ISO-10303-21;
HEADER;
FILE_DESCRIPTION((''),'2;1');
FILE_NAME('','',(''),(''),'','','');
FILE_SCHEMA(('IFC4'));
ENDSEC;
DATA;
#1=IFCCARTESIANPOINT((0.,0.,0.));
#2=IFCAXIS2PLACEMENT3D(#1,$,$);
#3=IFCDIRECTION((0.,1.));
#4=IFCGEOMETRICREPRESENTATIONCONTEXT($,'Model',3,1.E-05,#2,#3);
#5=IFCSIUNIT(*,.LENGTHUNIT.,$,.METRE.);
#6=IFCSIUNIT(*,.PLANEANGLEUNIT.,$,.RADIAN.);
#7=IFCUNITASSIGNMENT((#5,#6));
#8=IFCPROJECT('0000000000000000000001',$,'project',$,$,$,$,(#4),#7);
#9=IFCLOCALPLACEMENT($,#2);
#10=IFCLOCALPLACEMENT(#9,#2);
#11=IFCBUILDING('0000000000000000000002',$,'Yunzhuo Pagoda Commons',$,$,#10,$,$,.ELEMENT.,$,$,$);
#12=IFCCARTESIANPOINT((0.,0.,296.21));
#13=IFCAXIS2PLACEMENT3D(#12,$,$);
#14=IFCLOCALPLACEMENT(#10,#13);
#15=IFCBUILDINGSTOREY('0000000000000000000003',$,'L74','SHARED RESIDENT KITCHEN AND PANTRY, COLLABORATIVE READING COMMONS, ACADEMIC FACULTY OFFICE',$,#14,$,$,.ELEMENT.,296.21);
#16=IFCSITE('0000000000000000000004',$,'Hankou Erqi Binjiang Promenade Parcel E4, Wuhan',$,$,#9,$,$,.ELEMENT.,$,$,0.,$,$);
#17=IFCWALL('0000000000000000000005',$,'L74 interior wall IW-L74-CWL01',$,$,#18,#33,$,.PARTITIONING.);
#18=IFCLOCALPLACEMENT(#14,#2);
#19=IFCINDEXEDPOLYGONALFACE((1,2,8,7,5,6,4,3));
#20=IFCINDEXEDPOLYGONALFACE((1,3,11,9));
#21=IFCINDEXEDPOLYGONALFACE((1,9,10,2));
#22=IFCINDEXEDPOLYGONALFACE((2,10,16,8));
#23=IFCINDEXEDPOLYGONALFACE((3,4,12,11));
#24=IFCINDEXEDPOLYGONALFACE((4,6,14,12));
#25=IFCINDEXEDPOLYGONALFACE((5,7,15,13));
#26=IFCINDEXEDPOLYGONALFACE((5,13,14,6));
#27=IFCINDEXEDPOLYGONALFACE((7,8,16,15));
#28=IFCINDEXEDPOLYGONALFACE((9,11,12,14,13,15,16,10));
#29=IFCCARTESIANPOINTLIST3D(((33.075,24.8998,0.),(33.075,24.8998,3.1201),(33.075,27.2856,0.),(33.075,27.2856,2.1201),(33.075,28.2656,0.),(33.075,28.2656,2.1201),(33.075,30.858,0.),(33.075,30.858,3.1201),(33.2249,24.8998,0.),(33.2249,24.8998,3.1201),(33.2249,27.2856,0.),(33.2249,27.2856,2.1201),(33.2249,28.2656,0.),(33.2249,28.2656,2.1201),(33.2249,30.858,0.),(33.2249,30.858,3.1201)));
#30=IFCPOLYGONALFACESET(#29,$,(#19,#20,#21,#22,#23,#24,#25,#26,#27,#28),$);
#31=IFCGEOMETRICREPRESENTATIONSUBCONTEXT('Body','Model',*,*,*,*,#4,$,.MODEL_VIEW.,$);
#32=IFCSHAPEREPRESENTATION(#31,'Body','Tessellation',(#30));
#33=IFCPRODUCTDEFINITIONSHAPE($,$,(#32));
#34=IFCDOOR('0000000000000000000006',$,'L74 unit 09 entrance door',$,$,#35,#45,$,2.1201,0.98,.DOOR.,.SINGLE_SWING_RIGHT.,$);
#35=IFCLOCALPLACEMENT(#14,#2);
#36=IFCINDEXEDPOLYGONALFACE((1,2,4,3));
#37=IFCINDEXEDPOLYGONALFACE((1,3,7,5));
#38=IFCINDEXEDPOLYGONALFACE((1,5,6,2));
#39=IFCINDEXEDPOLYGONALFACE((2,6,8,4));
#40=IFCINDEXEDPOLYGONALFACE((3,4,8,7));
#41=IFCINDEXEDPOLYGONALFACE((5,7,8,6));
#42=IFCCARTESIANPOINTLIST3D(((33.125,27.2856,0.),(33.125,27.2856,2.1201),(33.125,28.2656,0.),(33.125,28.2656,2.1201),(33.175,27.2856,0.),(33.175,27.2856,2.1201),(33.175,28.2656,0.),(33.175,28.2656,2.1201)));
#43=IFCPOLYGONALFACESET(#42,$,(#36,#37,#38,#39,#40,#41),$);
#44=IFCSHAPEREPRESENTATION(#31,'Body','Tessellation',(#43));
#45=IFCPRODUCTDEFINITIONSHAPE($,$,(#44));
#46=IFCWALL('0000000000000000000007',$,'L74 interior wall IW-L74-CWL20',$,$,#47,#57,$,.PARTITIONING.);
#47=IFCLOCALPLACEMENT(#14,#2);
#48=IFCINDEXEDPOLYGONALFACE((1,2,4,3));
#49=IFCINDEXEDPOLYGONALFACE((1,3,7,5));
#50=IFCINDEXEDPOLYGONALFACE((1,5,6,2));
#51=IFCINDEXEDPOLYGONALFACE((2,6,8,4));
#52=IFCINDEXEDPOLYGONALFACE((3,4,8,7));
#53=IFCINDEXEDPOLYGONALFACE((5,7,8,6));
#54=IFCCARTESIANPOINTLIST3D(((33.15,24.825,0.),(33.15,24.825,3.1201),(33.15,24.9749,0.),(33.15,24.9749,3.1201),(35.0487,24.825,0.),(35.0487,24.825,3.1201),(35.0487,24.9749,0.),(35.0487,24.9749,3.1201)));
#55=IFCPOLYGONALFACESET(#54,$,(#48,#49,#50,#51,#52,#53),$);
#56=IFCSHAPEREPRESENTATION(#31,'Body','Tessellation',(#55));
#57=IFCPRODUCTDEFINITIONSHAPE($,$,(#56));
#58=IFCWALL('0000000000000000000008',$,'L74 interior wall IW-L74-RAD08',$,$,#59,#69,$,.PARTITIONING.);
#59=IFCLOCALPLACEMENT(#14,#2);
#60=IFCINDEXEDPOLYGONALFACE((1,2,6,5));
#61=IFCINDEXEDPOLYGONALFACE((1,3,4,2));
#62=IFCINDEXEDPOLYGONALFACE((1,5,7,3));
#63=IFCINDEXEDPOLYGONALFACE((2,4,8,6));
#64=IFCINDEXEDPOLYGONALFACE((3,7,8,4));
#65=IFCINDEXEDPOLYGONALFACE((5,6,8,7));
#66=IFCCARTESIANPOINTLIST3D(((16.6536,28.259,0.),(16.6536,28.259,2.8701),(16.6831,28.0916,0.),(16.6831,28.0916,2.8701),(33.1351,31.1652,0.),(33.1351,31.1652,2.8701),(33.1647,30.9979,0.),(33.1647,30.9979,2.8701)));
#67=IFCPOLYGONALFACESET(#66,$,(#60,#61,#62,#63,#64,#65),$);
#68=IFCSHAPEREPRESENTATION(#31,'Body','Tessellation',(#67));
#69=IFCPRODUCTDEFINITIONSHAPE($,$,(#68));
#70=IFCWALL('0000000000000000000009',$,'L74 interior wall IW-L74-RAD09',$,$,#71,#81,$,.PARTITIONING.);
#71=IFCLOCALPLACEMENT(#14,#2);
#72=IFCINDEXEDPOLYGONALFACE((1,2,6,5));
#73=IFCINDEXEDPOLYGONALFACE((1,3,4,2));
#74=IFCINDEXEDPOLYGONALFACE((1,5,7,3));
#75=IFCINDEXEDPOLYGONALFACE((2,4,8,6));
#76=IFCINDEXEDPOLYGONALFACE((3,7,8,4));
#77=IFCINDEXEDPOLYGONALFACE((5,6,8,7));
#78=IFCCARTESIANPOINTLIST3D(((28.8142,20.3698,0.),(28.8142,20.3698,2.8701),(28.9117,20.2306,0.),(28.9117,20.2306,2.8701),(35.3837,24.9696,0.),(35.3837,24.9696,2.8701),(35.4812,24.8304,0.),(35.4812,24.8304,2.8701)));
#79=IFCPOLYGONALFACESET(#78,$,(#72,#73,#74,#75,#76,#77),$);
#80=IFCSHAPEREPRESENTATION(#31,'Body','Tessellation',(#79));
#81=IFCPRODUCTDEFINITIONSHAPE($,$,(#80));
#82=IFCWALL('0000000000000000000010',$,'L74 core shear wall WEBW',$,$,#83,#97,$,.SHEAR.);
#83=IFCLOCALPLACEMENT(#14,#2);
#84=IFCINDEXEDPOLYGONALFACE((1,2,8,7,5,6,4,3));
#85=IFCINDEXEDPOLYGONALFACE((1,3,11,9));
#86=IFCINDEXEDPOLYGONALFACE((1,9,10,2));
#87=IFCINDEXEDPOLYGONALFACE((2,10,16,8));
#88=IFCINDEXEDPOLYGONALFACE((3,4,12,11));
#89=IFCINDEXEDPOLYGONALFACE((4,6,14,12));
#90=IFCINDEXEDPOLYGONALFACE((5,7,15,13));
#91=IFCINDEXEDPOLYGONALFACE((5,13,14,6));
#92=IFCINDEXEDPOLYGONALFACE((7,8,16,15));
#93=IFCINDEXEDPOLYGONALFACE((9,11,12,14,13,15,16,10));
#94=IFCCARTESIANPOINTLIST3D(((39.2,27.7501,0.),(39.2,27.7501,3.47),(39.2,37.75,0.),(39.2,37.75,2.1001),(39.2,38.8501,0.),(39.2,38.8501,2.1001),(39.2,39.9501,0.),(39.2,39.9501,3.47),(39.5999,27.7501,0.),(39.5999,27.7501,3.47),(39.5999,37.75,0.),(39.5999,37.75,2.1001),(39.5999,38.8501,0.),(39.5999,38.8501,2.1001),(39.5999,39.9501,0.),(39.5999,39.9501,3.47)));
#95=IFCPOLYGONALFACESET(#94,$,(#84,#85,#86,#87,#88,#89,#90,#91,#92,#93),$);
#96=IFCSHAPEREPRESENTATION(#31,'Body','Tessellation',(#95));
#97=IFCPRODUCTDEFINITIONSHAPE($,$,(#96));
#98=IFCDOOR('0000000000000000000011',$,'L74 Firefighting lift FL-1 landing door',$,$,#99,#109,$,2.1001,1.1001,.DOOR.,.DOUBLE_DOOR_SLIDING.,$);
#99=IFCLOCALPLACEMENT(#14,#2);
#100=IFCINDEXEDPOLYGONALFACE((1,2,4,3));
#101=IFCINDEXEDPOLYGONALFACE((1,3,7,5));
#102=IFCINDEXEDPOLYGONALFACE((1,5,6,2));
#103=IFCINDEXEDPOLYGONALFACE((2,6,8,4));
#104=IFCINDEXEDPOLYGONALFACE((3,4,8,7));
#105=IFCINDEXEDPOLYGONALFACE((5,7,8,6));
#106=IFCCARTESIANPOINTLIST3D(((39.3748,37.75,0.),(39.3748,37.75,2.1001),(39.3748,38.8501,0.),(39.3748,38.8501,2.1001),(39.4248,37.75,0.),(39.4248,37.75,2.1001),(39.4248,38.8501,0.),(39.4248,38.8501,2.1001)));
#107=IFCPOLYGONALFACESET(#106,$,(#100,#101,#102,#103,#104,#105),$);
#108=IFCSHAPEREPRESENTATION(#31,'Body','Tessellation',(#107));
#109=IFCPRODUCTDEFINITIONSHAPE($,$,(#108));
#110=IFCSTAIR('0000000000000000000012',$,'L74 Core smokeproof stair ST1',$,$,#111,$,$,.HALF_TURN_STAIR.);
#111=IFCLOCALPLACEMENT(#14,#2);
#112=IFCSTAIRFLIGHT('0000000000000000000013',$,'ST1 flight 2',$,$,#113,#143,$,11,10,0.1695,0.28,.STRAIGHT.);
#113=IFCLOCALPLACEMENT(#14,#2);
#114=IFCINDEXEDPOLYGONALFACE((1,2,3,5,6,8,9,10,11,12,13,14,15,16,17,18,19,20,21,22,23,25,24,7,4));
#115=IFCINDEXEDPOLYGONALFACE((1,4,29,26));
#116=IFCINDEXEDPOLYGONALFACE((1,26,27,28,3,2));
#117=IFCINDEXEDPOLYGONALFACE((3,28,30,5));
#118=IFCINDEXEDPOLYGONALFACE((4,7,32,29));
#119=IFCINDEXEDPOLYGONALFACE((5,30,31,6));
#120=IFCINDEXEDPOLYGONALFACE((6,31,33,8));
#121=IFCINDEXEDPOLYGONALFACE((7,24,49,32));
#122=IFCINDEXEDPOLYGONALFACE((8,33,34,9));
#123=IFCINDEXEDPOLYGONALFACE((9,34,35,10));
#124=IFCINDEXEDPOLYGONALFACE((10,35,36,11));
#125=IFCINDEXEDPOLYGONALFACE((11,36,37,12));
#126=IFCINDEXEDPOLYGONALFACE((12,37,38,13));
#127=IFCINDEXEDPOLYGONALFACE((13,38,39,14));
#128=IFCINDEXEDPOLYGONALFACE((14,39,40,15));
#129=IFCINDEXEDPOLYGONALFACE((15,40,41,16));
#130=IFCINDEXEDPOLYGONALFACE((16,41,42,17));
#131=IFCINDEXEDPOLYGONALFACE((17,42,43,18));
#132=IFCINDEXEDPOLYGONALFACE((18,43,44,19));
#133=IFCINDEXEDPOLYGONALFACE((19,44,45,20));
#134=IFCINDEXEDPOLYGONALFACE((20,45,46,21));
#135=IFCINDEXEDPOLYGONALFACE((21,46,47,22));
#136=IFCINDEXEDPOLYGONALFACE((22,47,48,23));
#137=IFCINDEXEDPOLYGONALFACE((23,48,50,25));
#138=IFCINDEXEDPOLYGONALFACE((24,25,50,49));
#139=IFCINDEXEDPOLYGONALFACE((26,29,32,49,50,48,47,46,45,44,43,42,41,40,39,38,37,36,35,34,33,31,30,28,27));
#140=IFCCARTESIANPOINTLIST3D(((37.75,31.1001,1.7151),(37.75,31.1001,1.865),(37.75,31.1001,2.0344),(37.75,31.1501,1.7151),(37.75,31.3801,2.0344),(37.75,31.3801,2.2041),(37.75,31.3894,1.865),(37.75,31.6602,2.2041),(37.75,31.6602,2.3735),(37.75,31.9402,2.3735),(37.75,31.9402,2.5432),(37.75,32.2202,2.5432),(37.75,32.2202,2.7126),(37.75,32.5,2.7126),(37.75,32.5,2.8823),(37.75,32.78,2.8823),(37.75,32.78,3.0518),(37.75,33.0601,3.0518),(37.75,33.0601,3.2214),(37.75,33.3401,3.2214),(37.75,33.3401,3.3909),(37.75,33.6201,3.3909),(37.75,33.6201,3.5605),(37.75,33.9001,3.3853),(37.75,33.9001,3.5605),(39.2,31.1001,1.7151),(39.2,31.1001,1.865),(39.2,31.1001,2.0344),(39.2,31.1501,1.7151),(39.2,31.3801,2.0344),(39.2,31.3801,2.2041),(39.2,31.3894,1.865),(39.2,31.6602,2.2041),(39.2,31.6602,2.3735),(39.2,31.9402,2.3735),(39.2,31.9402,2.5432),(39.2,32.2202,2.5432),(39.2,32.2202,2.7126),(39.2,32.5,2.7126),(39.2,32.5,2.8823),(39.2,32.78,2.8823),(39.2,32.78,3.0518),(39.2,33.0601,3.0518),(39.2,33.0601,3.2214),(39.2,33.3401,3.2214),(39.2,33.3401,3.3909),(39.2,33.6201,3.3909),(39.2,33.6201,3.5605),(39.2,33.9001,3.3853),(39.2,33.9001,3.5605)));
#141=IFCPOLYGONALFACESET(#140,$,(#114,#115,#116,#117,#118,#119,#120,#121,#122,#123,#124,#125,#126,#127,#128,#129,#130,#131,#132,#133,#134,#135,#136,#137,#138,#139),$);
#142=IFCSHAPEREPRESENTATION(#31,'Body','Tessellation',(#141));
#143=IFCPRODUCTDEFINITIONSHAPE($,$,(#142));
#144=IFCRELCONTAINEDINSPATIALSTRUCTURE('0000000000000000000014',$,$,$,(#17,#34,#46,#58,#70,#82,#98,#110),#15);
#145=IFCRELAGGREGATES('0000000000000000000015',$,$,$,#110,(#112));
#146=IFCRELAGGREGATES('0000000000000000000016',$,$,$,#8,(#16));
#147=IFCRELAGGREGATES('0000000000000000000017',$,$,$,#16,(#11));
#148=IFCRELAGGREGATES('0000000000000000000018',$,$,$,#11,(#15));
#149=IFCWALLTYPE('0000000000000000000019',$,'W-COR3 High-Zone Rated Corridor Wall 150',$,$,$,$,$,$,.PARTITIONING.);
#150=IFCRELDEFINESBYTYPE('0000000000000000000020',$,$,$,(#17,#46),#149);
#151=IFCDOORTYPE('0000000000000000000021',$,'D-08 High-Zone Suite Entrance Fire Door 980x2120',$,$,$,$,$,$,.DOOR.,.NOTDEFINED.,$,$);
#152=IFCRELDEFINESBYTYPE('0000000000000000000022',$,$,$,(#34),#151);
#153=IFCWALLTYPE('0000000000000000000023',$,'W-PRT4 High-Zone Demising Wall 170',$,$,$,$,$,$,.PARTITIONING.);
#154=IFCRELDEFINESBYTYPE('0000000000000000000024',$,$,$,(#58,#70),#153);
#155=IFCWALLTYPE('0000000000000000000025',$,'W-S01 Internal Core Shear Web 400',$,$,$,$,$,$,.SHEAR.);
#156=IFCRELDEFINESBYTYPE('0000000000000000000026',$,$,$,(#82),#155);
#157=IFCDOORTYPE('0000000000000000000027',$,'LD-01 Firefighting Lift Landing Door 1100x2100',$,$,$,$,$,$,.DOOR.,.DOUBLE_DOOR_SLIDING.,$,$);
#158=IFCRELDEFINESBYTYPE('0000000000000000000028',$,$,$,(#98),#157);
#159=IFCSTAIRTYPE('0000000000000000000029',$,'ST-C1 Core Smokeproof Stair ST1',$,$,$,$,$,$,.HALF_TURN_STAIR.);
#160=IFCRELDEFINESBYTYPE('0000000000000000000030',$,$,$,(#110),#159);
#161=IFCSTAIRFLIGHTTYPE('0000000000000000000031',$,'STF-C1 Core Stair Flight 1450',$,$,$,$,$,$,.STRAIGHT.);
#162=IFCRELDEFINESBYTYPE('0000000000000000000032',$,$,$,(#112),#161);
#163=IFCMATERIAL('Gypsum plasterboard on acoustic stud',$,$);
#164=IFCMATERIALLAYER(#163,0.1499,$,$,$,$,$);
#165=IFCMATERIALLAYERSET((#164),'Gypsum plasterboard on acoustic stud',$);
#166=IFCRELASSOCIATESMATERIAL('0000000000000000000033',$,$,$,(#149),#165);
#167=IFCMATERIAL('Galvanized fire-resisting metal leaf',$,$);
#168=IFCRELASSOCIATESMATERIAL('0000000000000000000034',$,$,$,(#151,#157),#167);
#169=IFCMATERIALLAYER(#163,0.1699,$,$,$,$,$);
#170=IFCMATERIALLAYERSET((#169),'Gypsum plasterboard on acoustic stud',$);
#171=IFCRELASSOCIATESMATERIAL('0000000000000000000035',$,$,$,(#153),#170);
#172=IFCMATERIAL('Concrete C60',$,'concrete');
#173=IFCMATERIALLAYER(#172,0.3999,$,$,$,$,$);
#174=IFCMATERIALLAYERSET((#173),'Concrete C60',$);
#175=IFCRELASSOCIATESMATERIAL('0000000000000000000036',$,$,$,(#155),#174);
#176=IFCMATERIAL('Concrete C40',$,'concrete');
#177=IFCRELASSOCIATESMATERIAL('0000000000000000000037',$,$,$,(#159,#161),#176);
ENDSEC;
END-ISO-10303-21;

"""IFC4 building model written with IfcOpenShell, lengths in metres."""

from ifc_helpers import new_model, si_unit, direction, frame, frame_2d, origin, origin_with_axes, place, context, subcontext, project, spatial, polyline, rectangle, outline, extrude, source, transform, mapped, material, layer, layer_set, type_object, element, fill, aggregate, save


model = new_model("IFC4")

# Units and contexts
model_context = context("Model", 3, precision=1e-05, world=origin(), true_north=direction((0.0, 1.0)))
body_context = subcontext(model_context, "Body", "Model", "MODEL_VIEW")
ifc_project = project(units=[si_unit("LENGTHUNIT", "METRE"), si_unit("PLANEANGLEUNIT", "RADIAN")], contexts=[model_context])

# Site, building, storey
site_placement = place(None, origin())
site = spatial("IfcSite", under=ifc_project, at=site_placement, Name="Hankou Erqi Binjiang Promenade Parcel E4, Wuhan", CompositionType="ELEMENT", RefElevation=0.0)
building_placement = place(site_placement, origin())
building = spatial("IfcBuilding", under=site, at=building_placement, Name="Yunzhuo Pagoda Commons", CompositionType="ELEMENT")
storey_placement = place(building_placement, frame((0.0, 0.0, 296.21)))
storey = spatial("IfcBuildingStorey", under=building, at=storey_placement, Name="L74", Description="SHARED RESIDENT KITCHEN AND PANTRY, COLLABORATIVE READING COMMONS, ACADEMIC FACULTY OFFICE", CompositionType="ELEMENT", Elevation=296.21)

# Wall, opening, door
ifc_material_1 = material(Name="Gypsum plasterboard on acoustic stud")
ifc_layer_1 = layer(ifc_material_1, 0.1499)
ifc_layer_set_1 = layer_set([ifc_layer_1], Name="Gypsum plasterboard on acoustic stud")
wall_type_1 = type_object("IfcWallType", Name="W-COR3 High-Zone Rated Corridor Wall 150", PredefinedType="PARTITIONING", material=ifc_layer_set_1)
wall_1_placement = place(storey_placement, frame((33.1499, 24.8999, 0.0), z_axis=(0.0, 0.0, 1.0), x_axis=(0.0, 1.0, 0.0)))
wall_1 = element("IfcWall", 1, at=wall_1_placement, inside=storey, type_object=wall_type_1, Name="L74 interior wall IW-L74-CWL01", PredefinedType="PARTITIONING", context=body_context, shape_type="SweptSolid", body=[
    extrude(rectangle(XDim=5.9583, YDim=0.1499, at=frame_2d((2.979, 0.0))), origin(), (0.0, 0.0, 1.0), 3.1201),
])
opening_1_placement = place(wall_1_placement, frame((2.3857, 0.0, 0.0)))
opening_1 = element("IfcOpeningElement", 2, at=opening_1_placement, cuts=wall_1, PredefinedType="OPENING", context=body_context, shape_type="SweptSolid", body=[
    extrude(rectangle(XDim=0.98, YDim=2.1201, at=frame_2d((0.49, 1.0601))), frame((0.0, 0.085, 0.0), z_axis=(0.0, -1.0, 0.0), x_axis=(1.0, 0.0, 0.0)), (0.0, 0.0, 1.0), 0.1699),
])
ifc_material_2 = material(Name="Galvanized fire-resisting metal leaf")
door_type_1 = type_object("IfcDoorType", Name="D-08 High-Zone Suite Entrance Fire Door 980x2120", OperationType="NOTDEFINED", PredefinedType="DOOR", material=ifc_material_2)
shared_shape_1 = source(origin(), body_context, "Body", "SweptSolid", [
    extrude(rectangle(XDim=0.98, YDim=2.1201, at=frame_2d((0.49, 1.0601))), frame((0.0, 0.0249, 0.0), z_axis=(0.0, -1.0, 0.0), x_axis=(1.0, 0.0, 0.0)), (0.0, 0.0, 1.0), 0.05),
])
door_1_placement = place(opening_1_placement, origin_with_axes())
door_1 = element("IfcDoor", 3, at=door_1_placement, inside=storey, type_object=door_type_1, Name="L74 unit 09 entrance door", OperationType="SINGLE_SWING_RIGHT", OverallHeight=2.1201, OverallWidth=0.98, PredefinedType="DOOR", context=body_context, shape_type="MappedRepresentation", body=[
    mapped(shared_shape_1, transform((0.0, 0.0, 0.0), scale=1.0)),
])
fill(opening_1, door_1)

# Walls
wall_2_placement = place(storey_placement, frame((35.0486, 24.8999, 0.0), z_axis=(0.0, 0.0, 1.0), x_axis=(-1.0, 0.0, 0.0)))
element("IfcWall", 4, at=wall_2_placement, inside=storey, type_object=wall_type_1, Name="L74 interior wall IW-L74-CWL20", PredefinedType="PARTITIONING", context=body_context, shape_type="SweptSolid", body=[
    extrude(rectangle(XDim=1.8987, YDim=0.1499, at=frame_2d((0.9492, 0.0))), origin(), (0.0, 0.0, 1.0), 3.1201),
])
ifc_layer_2 = layer(ifc_material_1, 0.1699)
ifc_layer_set_2 = layer_set([ifc_layer_2], Name="Gypsum plasterboard on acoustic stud")
wall_type_2 = type_object("IfcWallType", Name="W-PRT4 High-Zone Demising Wall 170", PredefinedType="PARTITIONING", material=ifc_layer_set_2)
wall_3_placement = place(storey_placement, frame((33.1499, 31.0815, 0.0), z_axis=(0.0, 0.0, 1.0), x_axis=(-0.984807, -0.173653, 0.0)))
element("IfcWall", 5, at=wall_3_placement, inside=storey, type_object=wall_type_2, Name="L74 interior wall IW-L74-RAD08", PredefinedType="PARTITIONING", context=body_context, shape_type="SweptSolid", body=[
    extrude(rectangle(XDim=16.7358, YDim=0.1699, at=frame_2d((8.3679, 0.0))), origin(), (0.0, 0.0, 1.0), 2.8701),
])
wall_4_placement = place(storey_placement, frame((35.4324, 24.8999, 0.0), z_axis=(0.0, 0.0, 1.0), x_axis=(-0.819165, -0.573558, 0.0)))
element("IfcWall", 6, at=wall_4_placement, inside=storey, type_object=wall_type_2, Name="L74 interior wall IW-L74-RAD09", PredefinedType="PARTITIONING", context=body_context, shape_type="SweptSolid", body=[
    extrude(rectangle(XDim=8.0198, YDim=0.1699, at=frame_2d((4.0098, 0.0))), origin(), (0.0, 0.0, 1.0), 2.8701),
])

# Wall, opening, door
ifc_material_3 = material(Name="Concrete C60", Category="concrete")
ifc_layer_3 = layer(ifc_material_3, 0.3999)
ifc_layer_set_3 = layer_set([ifc_layer_3], Name="Concrete C60")
wall_type_3 = type_object("IfcWallType", Name="W-S01 Internal Core Shear Web 400", PredefinedType="SHEAR", material=ifc_layer_set_3)
wall_5_placement = place(storey_placement, frame((39.3999, 27.75, 0.0), z_axis=(0.0, 0.0, 1.0), x_axis=(0.0, 1.0, 0.0)))
wall_5 = element("IfcWall", 7, at=wall_5_placement, inside=storey, type_object=wall_type_3, Name="L74 core shear wall WEBW", PredefinedType="SHEAR", context=body_context, shape_type="SweptSolid", body=[
    extrude(rectangle(XDim=12.2, YDim=0.3999, at=frame_2d((6.1001, 0.0))), origin(), (0.0, 0.0, 1.0), 3.47),
])
opening_2_placement = place(wall_5_placement, frame((10.0, 0.0, 0.0)))
opening_2 = element("IfcOpeningElement", 8, at=opening_2_placement, cuts=wall_5, PredefinedType="OPENING", context=body_context, shape_type="SweptSolid", body=[
    extrude(rectangle(XDim=1.1001, YDim=2.1001, at=frame_2d((0.55, 1.05))), frame((0.0, 0.21, 0.0), z_axis=(0.0, -1.0, 0.0), x_axis=(1.0, 0.0, 0.0)), (0.0, 0.0, 1.0), 0.4199),
])
door_type_2 = type_object("IfcDoorType", Name="LD-01 Firefighting Lift Landing Door 1100x2100", OperationType="DOUBLE_DOOR_SLIDING", PredefinedType="DOOR", material=ifc_material_2)
shared_shape_2 = source(origin(), body_context, "Body", "SweptSolid", [
    extrude(rectangle(XDim=1.1001, YDim=2.1001, at=frame_2d((0.55, 1.05))), frame((0.0, 0.0249, 0.0), z_axis=(0.0, -1.0, 0.0), x_axis=(1.0, 0.0, 0.0)), (0.0, 0.0, 1.0), 0.05),
])
door_2_placement = place(opening_2_placement, frame((1.1001, 0.0, 0.0), z_axis=(0.0, 0.0, 1.0), x_axis=(-1.0, 0.0, 0.0)))
door_2 = element("IfcDoor", 9, at=door_2_placement, inside=storey, type_object=door_type_2, Name="L74 Firefighting lift FL-1 landing door", OperationType="DOUBLE_DOOR_SLIDING", OverallHeight=2.1001, OverallWidth=1.1001, PredefinedType="DOOR", context=body_context, shape_type="MappedRepresentation", body=[
    mapped(shared_shape_2, transform((0.0, 0.0, 0.0), scale=1.0)),
])
fill(opening_2, door_2)

# Stair, stair flight
ifc_material_4 = material(Name="Concrete C40", Category="concrete")
stair_type = type_object("IfcStairType", Name="ST-C1 Core Smokeproof Stair ST1", PredefinedType="HALF_TURN_STAIR", material=ifc_material_4)
stair_placement = place(storey_placement, origin())
stair = element("IfcStair", 10, at=stair_placement, inside=storey, type_object=stair_type, Name="L74 Core smokeproof stair ST1", PredefinedType="HALF_TURN_STAIR")
stair_flight_type = type_object("IfcStairFlightType", Name="STF-C1 Core Stair Flight 1450", PredefinedType="STRAIGHT", material=ifc_material_4)
shared_shape_3 = source(origin(), body_context, "Body", "SweptSolid", [
    extrude(outline(polyline([(0.0, -0.1499), (0.0, 0.0), (0.0, 0.1694), (0.28, 0.1694), (0.28, 0.3391), (0.5601, 0.3391), (0.5601, 0.5085), (0.8401, 0.5085), (0.8401, 0.6782), (1.1201, 0.6782), (1.1201, 0.8477), (1.3999, 0.8477), (1.3999, 1.0173), (1.6799, 1.0173), (1.6799, 1.1868), (1.96, 1.1868), (1.96, 1.3564), (2.24, 1.3564), (2.24, 1.5259), (2.52, 1.5259), (2.52, 1.6956), (2.8, 1.6956), (2.8, 1.865), (2.8, 1.5203), (0.2893, 0.0), (0.05, -0.1499), (0.0, -0.1499)])), frame((0.0, 0.7251, 0.0), z_axis=(0.0, -1.0, 0.0), x_axis=(1.0, 0.0, 0.0)), (0.0, 0.0, 1.0), 1.45),
])
stair_flight_placement = place(storey_placement, frame((38.4751, 31.1001, 1.865), z_axis=(0.0, 0.0, 1.0), x_axis=(0.0, 1.0, 0.0)))
stair_flight = element("IfcStairFlight", 11, at=stair_flight_placement, type_object=stair_flight_type, Name="ST1 flight 2", NumberOfRisers=11, NumberOfTreads=10, PredefinedType="STRAIGHT", RiserHeight=0.1695, TreadLength=0.28, context=body_context, shape_type="MappedRepresentation", body=[
    mapped(shared_shape_3, transform((0.0, 0.0, 0.0), scale=1.0)),
])
aggregate(stair, [stair_flight])

save(model, "model.ifc")
